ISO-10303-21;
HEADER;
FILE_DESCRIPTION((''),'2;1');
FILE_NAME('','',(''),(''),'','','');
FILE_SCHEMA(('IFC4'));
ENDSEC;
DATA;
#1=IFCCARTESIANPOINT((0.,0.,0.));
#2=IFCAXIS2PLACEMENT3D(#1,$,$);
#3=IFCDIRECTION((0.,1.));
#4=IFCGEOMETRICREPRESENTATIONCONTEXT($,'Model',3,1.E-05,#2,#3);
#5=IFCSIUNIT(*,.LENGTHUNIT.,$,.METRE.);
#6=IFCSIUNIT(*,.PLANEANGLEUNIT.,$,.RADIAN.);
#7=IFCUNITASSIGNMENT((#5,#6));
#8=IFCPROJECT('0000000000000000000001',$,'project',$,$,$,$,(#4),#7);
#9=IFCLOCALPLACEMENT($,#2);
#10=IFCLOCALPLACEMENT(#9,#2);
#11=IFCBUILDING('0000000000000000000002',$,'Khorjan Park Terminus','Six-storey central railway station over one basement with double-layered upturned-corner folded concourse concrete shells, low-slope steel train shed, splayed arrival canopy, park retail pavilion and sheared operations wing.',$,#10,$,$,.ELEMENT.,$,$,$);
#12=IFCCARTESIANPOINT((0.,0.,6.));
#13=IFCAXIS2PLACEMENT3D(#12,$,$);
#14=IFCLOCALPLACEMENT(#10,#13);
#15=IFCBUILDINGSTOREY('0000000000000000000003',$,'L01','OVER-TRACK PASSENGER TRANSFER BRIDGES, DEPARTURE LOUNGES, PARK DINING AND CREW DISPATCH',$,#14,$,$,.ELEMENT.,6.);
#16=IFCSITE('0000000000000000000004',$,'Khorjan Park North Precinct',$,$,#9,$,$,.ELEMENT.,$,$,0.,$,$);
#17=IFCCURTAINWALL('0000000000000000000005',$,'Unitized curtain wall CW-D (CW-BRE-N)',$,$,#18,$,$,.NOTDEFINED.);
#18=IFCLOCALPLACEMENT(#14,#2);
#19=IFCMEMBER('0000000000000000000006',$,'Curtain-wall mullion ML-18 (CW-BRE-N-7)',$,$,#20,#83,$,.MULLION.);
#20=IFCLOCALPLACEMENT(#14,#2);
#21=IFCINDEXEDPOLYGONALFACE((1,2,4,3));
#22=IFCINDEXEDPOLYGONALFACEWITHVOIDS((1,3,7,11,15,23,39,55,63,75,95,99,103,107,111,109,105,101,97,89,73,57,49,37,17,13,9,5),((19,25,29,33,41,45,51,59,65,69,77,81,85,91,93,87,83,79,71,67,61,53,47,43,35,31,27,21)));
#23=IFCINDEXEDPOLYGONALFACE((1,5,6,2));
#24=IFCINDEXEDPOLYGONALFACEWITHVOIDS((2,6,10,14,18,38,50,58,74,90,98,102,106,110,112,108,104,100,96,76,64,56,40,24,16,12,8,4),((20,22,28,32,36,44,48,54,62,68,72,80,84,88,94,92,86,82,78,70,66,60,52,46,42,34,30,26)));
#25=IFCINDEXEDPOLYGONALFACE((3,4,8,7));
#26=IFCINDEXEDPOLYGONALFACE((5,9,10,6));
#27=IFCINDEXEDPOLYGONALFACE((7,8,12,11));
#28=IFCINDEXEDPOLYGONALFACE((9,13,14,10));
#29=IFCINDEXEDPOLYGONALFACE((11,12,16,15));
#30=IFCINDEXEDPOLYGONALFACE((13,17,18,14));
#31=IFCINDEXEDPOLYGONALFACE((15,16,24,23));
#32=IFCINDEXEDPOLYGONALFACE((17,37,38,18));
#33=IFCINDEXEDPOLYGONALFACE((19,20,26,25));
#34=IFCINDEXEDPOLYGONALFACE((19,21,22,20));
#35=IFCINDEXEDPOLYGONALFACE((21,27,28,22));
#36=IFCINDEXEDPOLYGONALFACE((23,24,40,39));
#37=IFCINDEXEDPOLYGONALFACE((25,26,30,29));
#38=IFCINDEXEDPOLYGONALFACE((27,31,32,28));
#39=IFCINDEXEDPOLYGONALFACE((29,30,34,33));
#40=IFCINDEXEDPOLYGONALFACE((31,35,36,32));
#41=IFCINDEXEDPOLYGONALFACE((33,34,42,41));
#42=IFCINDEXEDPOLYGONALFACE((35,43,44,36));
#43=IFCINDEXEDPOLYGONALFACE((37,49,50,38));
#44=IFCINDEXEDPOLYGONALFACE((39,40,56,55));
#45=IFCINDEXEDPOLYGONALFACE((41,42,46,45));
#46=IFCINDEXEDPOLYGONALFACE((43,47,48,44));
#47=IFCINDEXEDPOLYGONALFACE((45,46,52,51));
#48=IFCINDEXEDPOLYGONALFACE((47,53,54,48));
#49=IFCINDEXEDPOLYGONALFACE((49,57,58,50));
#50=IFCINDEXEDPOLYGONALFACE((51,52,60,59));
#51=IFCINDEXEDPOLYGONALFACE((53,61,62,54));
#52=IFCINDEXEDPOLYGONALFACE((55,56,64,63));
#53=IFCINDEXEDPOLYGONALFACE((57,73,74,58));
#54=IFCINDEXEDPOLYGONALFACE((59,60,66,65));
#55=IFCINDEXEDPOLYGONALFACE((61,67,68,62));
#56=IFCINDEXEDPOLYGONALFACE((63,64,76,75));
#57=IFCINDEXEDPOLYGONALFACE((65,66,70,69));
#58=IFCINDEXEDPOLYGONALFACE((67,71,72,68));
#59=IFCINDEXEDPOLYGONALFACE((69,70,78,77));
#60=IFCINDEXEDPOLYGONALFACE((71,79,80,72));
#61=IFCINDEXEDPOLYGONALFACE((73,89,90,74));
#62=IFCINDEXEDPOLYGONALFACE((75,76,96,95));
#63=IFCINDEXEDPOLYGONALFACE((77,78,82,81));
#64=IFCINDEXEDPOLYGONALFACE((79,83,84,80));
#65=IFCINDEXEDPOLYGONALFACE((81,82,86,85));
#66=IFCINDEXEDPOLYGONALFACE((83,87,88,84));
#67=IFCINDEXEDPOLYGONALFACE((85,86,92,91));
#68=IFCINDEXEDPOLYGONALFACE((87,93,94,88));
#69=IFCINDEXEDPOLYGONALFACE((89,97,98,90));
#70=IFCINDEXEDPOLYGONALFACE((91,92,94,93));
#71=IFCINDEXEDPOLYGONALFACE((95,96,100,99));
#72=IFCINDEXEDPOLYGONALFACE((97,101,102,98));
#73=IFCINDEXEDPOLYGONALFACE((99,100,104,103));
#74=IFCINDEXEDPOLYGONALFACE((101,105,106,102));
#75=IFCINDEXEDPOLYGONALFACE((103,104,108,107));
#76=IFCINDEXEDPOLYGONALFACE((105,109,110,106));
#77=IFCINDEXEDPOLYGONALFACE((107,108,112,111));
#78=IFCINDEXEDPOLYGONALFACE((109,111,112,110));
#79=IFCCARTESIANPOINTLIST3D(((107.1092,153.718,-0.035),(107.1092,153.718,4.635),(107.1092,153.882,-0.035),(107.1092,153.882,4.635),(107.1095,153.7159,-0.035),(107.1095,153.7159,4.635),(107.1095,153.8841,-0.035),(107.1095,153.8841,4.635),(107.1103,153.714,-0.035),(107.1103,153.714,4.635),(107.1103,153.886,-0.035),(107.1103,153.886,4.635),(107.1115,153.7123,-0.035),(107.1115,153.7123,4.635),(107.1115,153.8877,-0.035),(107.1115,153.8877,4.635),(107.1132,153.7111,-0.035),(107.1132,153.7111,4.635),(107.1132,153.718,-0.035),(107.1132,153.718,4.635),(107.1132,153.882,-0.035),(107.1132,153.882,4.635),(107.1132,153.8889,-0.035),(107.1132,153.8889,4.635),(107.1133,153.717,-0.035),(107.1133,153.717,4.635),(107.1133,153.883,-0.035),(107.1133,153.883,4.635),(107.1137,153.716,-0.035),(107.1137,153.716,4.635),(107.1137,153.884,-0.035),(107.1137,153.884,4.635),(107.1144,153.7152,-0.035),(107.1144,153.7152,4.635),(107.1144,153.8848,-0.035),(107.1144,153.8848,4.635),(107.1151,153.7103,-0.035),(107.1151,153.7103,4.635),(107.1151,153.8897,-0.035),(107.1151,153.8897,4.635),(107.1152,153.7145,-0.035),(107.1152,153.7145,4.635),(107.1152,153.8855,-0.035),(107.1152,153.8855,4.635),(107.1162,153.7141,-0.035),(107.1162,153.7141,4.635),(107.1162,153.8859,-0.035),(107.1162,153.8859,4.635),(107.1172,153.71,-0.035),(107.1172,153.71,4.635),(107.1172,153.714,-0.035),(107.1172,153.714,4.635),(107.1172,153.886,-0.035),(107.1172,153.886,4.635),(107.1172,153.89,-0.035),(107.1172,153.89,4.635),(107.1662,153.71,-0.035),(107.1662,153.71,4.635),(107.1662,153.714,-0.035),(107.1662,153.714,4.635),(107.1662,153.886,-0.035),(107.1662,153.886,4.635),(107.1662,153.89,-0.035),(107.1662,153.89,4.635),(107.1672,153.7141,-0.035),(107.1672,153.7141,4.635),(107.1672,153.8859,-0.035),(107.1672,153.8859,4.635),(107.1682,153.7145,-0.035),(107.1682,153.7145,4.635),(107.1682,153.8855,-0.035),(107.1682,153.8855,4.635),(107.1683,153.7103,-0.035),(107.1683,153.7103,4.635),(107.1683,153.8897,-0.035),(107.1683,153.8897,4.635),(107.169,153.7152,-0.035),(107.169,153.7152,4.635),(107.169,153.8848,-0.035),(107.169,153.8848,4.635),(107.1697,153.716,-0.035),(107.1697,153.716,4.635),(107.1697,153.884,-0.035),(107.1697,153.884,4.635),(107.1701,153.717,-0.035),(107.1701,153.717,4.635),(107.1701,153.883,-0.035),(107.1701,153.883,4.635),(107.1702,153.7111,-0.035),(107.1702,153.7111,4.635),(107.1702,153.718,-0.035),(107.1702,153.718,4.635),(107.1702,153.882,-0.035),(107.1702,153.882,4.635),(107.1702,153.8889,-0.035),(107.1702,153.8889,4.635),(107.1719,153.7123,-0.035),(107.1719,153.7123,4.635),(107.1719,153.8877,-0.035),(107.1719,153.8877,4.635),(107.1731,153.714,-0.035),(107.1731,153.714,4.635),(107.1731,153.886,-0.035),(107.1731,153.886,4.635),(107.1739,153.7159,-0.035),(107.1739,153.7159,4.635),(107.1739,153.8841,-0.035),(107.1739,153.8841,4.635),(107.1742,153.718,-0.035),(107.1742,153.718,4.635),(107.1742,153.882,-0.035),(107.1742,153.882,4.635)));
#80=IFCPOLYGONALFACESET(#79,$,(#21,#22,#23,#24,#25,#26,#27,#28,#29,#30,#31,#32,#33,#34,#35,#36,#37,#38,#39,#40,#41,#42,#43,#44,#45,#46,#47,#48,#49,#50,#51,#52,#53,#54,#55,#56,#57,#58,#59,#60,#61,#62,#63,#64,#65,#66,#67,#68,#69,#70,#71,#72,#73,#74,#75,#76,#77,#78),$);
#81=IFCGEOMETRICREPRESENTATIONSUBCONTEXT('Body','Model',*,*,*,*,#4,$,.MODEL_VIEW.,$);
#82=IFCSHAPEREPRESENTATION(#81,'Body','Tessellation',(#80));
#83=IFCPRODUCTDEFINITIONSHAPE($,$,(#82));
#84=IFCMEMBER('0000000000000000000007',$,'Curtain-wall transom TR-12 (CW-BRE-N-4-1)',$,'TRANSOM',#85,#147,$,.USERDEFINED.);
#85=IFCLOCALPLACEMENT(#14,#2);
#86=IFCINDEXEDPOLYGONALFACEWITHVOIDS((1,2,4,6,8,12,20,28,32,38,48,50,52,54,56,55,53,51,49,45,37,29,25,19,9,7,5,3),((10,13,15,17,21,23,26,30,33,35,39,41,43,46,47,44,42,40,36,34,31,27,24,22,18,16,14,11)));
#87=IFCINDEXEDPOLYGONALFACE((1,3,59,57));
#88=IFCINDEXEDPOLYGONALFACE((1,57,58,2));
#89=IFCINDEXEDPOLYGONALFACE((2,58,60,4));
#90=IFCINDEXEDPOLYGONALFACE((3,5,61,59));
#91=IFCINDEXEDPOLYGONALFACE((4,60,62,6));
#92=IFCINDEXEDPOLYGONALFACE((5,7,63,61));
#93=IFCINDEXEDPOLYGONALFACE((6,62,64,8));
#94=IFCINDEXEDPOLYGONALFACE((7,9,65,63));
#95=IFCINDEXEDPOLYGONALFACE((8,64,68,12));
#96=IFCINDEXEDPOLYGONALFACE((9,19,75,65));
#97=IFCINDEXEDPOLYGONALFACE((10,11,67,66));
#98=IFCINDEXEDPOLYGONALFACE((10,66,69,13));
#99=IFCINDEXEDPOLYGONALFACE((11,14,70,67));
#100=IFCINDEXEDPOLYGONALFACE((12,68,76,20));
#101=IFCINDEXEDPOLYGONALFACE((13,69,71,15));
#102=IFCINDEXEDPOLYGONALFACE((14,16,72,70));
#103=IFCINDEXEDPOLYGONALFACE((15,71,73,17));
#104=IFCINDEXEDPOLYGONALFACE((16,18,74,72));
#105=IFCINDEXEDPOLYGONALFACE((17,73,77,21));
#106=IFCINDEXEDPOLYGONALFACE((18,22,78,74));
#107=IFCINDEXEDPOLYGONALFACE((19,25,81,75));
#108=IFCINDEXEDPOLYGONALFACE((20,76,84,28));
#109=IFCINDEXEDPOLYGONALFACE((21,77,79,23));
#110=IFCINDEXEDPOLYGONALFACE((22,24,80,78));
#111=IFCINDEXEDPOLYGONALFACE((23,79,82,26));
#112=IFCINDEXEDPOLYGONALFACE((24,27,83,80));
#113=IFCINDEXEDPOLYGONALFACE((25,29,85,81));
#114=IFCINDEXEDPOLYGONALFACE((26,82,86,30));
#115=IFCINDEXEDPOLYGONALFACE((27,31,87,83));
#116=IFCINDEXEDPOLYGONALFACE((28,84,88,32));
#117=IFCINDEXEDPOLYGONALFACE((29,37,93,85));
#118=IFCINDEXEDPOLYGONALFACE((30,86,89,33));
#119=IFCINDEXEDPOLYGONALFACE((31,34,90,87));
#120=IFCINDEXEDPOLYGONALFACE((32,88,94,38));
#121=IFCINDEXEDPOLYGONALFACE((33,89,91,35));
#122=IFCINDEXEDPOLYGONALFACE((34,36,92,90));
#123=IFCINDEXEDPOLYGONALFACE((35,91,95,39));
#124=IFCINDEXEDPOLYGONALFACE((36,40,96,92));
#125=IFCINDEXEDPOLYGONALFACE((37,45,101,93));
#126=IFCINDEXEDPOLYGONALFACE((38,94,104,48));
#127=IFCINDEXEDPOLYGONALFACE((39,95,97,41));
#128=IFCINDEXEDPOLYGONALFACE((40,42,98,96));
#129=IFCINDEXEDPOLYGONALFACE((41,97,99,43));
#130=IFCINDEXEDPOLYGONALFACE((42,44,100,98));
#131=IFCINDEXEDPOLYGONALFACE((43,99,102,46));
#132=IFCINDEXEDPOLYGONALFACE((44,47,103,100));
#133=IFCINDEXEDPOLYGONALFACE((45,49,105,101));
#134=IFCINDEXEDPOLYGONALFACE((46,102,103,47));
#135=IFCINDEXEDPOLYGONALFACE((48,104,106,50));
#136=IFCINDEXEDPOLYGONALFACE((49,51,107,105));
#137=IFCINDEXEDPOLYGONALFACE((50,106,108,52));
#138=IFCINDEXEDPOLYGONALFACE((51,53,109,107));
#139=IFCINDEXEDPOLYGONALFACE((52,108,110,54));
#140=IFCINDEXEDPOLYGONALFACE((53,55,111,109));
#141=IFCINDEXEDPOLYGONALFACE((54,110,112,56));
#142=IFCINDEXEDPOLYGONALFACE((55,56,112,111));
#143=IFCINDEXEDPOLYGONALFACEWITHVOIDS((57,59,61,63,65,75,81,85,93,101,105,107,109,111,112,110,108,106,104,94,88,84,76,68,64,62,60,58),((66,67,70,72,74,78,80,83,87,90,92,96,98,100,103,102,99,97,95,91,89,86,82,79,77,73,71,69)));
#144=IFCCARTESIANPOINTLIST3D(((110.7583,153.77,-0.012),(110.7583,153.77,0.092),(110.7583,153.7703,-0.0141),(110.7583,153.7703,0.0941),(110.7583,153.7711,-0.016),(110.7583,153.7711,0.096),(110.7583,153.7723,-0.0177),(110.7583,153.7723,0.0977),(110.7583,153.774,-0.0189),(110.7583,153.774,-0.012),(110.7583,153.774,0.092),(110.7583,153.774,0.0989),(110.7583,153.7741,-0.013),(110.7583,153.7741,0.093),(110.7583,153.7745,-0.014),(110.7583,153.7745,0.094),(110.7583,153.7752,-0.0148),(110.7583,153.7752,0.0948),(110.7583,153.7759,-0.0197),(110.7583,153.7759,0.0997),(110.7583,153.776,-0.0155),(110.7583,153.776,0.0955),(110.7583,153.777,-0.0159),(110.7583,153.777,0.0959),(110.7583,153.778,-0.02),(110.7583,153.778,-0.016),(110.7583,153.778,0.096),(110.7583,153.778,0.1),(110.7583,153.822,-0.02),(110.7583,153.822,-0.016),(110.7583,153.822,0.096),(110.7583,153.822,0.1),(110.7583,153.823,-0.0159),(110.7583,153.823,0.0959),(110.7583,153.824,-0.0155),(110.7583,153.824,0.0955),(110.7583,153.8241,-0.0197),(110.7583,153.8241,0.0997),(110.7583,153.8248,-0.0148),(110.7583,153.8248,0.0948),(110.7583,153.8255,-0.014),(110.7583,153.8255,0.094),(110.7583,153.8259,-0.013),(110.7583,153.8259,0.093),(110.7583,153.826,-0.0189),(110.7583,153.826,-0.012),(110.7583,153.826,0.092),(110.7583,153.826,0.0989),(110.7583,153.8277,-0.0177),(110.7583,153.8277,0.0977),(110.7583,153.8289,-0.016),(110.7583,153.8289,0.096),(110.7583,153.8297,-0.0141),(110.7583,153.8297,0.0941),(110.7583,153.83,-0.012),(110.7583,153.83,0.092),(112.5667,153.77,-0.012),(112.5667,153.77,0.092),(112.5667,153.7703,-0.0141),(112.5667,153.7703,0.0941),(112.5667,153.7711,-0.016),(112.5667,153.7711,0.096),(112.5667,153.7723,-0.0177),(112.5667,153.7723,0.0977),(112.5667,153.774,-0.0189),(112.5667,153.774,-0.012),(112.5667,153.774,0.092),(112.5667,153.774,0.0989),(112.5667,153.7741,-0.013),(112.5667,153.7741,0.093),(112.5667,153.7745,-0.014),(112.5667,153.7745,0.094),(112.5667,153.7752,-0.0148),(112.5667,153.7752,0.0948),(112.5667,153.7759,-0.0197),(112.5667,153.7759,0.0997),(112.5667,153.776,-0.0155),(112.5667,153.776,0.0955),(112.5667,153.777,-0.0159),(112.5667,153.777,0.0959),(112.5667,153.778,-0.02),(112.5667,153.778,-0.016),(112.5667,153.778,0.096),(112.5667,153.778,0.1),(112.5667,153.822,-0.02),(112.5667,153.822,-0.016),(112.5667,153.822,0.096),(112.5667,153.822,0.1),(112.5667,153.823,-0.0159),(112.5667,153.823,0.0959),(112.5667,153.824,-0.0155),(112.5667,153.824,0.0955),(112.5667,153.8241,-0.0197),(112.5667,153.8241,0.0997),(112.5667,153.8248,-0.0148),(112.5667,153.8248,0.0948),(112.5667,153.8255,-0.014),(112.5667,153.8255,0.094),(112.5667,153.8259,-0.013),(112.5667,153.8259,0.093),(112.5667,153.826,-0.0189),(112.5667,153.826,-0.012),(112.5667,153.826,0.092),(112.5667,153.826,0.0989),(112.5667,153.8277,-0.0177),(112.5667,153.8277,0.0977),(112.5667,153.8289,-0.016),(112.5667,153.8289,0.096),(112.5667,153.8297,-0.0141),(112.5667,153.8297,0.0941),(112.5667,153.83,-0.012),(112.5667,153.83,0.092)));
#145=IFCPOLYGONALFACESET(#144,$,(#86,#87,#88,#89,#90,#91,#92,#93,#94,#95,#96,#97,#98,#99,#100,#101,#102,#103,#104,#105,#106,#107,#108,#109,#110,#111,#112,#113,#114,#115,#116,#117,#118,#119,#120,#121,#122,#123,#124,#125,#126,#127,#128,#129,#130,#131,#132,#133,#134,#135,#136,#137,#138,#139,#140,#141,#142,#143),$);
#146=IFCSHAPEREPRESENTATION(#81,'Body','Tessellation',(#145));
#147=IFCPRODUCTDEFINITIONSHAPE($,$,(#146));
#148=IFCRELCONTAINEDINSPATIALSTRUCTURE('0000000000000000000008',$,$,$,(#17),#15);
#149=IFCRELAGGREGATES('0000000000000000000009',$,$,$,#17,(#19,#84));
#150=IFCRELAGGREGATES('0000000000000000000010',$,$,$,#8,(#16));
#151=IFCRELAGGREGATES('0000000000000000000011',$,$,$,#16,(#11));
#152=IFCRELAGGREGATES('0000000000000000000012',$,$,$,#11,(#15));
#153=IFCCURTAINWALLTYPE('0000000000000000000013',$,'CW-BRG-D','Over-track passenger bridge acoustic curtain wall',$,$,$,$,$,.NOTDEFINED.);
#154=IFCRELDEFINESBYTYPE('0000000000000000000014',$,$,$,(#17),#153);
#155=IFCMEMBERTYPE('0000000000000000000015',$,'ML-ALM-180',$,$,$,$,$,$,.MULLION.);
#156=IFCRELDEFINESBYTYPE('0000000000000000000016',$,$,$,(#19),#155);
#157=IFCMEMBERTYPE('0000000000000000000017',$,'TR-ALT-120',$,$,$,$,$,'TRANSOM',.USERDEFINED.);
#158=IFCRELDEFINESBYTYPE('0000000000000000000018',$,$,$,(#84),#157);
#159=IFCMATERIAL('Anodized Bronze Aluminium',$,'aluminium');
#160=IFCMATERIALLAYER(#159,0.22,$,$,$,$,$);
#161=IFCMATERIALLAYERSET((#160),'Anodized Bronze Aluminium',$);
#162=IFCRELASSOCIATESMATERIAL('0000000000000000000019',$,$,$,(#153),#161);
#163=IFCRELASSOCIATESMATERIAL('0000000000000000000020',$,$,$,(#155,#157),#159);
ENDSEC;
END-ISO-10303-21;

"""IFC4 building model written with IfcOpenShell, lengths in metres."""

from ifc_helpers import new_model, si_unit, direction, frame, origin, origin_2d, place, context, subcontext, project, spatial, hollow_rectangle, extrude, material, layer, layer_set, material_profile, profile_set, type_object, element, aggregate, save


model = new_model("IFC4")

# Units and contexts
model_context = context("Model", 3, precision=1e-05, world=origin(), true_north=direction((0.0, 1.0)))
body_context = subcontext(model_context, "Body", "Model", "MODEL_VIEW")
ifc_project = project(units=[si_unit("LENGTHUNIT", "METRE"), si_unit("PLANEANGLEUNIT", "RADIAN")], contexts=[model_context])

# Site, building, storey
site_placement = place(None, origin())
site = spatial("IfcSite", under=ifc_project, at=site_placement, Name="Khorjan Park North Precinct", CompositionType="ELEMENT", RefElevation=0.0)
building_placement = place(site_placement, origin())
building = spatial("IfcBuilding", under=site, at=building_placement, Name="Khorjan Park Terminus", Description="Six-storey central railway station over one basement with double-layered upturned-corner folded concourse concrete shells, low-slope steel train shed, splayed arrival canopy, park retail pavilion and sheared operations wing.", CompositionType="ELEMENT")
storey_placement = place(building_placement, frame((0.0, 0.0, 6.0)))
storey = spatial("IfcBuildingStorey", under=building, at=storey_placement, Name="L01", Description="OVER-TRACK PASSENGER TRANSFER BRIDGES, DEPARTURE LOUNGES, PARK DINING AND CREW DISPATCH", CompositionType="ELEMENT", Elevation=6.0)

# Curtain wall, members
ifc_material_1 = material(Name="Anodized Bronze Aluminium", Category="aluminium")
ifc_layer_1 = layer(ifc_material_1, 0.22)
ifc_layer_set_1 = layer_set([ifc_layer_1], Name="Anodized Bronze Aluminium")
curtain_wall_type = type_object("IfcCurtainWallType", Name="CW-BRG-D", Description="Over-track passenger bridge acoustic curtain wall", PredefinedType="NOTDEFINED", material=ifc_layer_set_1)
curtain_wall_placement = place(storey_placement, origin())
curtain_wall = element("IfcCurtainWall", 1, at=curtain_wall_placement, inside=storey, type_object=curtain_wall_type, Name="Unitized curtain wall CW-D (CW-BRE-N)", PredefinedType="NOTDEFINED")
ifc_material_profile_1 = material_profile(ifc_material_1, hollow_rectangle(XDim=0.065, YDim=0.18, WallThickness=0.004, InnerFilletRadius=0.004, OuterFilletRadius=0.008, at=origin_2d()), Name="ALM 65x180x4")
ifc_profile_set_1 = profile_set([ifc_material_profile_1], Name="Anodized Bronze Aluminium")
member_type_1 = type_object("IfcMemberType", Name="ML-ALM-180", PredefinedType="MULLION", material=ifc_profile_set_1)
member_1_placement = place(storey_placement, frame((107.1417, 153.8, -0.035), z_axis=(0.0, 0.0, 1.0), x_axis=(-1.0, 0.0, 0.0)))
member_1 = element("IfcMember", 2, at=member_1_placement, type_object=member_type_1, Name="Curtain-wall mullion ML-18 (CW-BRE-N-7)", PredefinedType="MULLION", context=body_context, shape_type="SweptSolid", body=[
    extrude(hollow_rectangle(XDim=0.065, YDim=0.18, WallThickness=0.004, InnerFilletRadius=0.004, OuterFilletRadius=0.008, at=origin_2d()), origin(), (0.0, 0.0, 1.0), 4.67),
])
ifc_material_profile_2 = material_profile(ifc_material_1, hollow_rectangle(XDim=0.06, YDim=0.12, WallThickness=0.004, InnerFilletRadius=0.004, OuterFilletRadius=0.008, at=origin_2d()), Name="ALT 60x120x4")
ifc_profile_set_2 = profile_set([ifc_material_profile_2], Name="Anodized Bronze Aluminium")
member_type_2 = type_object("IfcMemberType", Name="TR-ALT-120", ElementType="TRANSOM", PredefinedType="USERDEFINED", material=ifc_profile_set_2)
member_2_placement = place(storey_placement, frame((112.5667, 153.8, 0.04), z_axis=(-1.0, 0.0, 0.0), x_axis=(0.0, -1.0, 0.0)))
member_2 = element("IfcMember", 3, at=member_2_placement, type_object=member_type_2, Name="Curtain-wall transom TR-12 (CW-BRE-N-4-1)", ObjectType="TRANSOM", PredefinedType="USERDEFINED", context=body_context, shape_type="SweptSolid", body=[
    extrude(hollow_rectangle(XDim=0.06, YDim=0.12, WallThickness=0.004, InnerFilletRadius=0.004, OuterFilletRadius=0.008, at=origin_2d()), origin(), (0.0, 0.0, 1.0), 1.8084),
])
aggregate(curtain_wall, [member_1, member_2])

save(model, "model.ifc")
